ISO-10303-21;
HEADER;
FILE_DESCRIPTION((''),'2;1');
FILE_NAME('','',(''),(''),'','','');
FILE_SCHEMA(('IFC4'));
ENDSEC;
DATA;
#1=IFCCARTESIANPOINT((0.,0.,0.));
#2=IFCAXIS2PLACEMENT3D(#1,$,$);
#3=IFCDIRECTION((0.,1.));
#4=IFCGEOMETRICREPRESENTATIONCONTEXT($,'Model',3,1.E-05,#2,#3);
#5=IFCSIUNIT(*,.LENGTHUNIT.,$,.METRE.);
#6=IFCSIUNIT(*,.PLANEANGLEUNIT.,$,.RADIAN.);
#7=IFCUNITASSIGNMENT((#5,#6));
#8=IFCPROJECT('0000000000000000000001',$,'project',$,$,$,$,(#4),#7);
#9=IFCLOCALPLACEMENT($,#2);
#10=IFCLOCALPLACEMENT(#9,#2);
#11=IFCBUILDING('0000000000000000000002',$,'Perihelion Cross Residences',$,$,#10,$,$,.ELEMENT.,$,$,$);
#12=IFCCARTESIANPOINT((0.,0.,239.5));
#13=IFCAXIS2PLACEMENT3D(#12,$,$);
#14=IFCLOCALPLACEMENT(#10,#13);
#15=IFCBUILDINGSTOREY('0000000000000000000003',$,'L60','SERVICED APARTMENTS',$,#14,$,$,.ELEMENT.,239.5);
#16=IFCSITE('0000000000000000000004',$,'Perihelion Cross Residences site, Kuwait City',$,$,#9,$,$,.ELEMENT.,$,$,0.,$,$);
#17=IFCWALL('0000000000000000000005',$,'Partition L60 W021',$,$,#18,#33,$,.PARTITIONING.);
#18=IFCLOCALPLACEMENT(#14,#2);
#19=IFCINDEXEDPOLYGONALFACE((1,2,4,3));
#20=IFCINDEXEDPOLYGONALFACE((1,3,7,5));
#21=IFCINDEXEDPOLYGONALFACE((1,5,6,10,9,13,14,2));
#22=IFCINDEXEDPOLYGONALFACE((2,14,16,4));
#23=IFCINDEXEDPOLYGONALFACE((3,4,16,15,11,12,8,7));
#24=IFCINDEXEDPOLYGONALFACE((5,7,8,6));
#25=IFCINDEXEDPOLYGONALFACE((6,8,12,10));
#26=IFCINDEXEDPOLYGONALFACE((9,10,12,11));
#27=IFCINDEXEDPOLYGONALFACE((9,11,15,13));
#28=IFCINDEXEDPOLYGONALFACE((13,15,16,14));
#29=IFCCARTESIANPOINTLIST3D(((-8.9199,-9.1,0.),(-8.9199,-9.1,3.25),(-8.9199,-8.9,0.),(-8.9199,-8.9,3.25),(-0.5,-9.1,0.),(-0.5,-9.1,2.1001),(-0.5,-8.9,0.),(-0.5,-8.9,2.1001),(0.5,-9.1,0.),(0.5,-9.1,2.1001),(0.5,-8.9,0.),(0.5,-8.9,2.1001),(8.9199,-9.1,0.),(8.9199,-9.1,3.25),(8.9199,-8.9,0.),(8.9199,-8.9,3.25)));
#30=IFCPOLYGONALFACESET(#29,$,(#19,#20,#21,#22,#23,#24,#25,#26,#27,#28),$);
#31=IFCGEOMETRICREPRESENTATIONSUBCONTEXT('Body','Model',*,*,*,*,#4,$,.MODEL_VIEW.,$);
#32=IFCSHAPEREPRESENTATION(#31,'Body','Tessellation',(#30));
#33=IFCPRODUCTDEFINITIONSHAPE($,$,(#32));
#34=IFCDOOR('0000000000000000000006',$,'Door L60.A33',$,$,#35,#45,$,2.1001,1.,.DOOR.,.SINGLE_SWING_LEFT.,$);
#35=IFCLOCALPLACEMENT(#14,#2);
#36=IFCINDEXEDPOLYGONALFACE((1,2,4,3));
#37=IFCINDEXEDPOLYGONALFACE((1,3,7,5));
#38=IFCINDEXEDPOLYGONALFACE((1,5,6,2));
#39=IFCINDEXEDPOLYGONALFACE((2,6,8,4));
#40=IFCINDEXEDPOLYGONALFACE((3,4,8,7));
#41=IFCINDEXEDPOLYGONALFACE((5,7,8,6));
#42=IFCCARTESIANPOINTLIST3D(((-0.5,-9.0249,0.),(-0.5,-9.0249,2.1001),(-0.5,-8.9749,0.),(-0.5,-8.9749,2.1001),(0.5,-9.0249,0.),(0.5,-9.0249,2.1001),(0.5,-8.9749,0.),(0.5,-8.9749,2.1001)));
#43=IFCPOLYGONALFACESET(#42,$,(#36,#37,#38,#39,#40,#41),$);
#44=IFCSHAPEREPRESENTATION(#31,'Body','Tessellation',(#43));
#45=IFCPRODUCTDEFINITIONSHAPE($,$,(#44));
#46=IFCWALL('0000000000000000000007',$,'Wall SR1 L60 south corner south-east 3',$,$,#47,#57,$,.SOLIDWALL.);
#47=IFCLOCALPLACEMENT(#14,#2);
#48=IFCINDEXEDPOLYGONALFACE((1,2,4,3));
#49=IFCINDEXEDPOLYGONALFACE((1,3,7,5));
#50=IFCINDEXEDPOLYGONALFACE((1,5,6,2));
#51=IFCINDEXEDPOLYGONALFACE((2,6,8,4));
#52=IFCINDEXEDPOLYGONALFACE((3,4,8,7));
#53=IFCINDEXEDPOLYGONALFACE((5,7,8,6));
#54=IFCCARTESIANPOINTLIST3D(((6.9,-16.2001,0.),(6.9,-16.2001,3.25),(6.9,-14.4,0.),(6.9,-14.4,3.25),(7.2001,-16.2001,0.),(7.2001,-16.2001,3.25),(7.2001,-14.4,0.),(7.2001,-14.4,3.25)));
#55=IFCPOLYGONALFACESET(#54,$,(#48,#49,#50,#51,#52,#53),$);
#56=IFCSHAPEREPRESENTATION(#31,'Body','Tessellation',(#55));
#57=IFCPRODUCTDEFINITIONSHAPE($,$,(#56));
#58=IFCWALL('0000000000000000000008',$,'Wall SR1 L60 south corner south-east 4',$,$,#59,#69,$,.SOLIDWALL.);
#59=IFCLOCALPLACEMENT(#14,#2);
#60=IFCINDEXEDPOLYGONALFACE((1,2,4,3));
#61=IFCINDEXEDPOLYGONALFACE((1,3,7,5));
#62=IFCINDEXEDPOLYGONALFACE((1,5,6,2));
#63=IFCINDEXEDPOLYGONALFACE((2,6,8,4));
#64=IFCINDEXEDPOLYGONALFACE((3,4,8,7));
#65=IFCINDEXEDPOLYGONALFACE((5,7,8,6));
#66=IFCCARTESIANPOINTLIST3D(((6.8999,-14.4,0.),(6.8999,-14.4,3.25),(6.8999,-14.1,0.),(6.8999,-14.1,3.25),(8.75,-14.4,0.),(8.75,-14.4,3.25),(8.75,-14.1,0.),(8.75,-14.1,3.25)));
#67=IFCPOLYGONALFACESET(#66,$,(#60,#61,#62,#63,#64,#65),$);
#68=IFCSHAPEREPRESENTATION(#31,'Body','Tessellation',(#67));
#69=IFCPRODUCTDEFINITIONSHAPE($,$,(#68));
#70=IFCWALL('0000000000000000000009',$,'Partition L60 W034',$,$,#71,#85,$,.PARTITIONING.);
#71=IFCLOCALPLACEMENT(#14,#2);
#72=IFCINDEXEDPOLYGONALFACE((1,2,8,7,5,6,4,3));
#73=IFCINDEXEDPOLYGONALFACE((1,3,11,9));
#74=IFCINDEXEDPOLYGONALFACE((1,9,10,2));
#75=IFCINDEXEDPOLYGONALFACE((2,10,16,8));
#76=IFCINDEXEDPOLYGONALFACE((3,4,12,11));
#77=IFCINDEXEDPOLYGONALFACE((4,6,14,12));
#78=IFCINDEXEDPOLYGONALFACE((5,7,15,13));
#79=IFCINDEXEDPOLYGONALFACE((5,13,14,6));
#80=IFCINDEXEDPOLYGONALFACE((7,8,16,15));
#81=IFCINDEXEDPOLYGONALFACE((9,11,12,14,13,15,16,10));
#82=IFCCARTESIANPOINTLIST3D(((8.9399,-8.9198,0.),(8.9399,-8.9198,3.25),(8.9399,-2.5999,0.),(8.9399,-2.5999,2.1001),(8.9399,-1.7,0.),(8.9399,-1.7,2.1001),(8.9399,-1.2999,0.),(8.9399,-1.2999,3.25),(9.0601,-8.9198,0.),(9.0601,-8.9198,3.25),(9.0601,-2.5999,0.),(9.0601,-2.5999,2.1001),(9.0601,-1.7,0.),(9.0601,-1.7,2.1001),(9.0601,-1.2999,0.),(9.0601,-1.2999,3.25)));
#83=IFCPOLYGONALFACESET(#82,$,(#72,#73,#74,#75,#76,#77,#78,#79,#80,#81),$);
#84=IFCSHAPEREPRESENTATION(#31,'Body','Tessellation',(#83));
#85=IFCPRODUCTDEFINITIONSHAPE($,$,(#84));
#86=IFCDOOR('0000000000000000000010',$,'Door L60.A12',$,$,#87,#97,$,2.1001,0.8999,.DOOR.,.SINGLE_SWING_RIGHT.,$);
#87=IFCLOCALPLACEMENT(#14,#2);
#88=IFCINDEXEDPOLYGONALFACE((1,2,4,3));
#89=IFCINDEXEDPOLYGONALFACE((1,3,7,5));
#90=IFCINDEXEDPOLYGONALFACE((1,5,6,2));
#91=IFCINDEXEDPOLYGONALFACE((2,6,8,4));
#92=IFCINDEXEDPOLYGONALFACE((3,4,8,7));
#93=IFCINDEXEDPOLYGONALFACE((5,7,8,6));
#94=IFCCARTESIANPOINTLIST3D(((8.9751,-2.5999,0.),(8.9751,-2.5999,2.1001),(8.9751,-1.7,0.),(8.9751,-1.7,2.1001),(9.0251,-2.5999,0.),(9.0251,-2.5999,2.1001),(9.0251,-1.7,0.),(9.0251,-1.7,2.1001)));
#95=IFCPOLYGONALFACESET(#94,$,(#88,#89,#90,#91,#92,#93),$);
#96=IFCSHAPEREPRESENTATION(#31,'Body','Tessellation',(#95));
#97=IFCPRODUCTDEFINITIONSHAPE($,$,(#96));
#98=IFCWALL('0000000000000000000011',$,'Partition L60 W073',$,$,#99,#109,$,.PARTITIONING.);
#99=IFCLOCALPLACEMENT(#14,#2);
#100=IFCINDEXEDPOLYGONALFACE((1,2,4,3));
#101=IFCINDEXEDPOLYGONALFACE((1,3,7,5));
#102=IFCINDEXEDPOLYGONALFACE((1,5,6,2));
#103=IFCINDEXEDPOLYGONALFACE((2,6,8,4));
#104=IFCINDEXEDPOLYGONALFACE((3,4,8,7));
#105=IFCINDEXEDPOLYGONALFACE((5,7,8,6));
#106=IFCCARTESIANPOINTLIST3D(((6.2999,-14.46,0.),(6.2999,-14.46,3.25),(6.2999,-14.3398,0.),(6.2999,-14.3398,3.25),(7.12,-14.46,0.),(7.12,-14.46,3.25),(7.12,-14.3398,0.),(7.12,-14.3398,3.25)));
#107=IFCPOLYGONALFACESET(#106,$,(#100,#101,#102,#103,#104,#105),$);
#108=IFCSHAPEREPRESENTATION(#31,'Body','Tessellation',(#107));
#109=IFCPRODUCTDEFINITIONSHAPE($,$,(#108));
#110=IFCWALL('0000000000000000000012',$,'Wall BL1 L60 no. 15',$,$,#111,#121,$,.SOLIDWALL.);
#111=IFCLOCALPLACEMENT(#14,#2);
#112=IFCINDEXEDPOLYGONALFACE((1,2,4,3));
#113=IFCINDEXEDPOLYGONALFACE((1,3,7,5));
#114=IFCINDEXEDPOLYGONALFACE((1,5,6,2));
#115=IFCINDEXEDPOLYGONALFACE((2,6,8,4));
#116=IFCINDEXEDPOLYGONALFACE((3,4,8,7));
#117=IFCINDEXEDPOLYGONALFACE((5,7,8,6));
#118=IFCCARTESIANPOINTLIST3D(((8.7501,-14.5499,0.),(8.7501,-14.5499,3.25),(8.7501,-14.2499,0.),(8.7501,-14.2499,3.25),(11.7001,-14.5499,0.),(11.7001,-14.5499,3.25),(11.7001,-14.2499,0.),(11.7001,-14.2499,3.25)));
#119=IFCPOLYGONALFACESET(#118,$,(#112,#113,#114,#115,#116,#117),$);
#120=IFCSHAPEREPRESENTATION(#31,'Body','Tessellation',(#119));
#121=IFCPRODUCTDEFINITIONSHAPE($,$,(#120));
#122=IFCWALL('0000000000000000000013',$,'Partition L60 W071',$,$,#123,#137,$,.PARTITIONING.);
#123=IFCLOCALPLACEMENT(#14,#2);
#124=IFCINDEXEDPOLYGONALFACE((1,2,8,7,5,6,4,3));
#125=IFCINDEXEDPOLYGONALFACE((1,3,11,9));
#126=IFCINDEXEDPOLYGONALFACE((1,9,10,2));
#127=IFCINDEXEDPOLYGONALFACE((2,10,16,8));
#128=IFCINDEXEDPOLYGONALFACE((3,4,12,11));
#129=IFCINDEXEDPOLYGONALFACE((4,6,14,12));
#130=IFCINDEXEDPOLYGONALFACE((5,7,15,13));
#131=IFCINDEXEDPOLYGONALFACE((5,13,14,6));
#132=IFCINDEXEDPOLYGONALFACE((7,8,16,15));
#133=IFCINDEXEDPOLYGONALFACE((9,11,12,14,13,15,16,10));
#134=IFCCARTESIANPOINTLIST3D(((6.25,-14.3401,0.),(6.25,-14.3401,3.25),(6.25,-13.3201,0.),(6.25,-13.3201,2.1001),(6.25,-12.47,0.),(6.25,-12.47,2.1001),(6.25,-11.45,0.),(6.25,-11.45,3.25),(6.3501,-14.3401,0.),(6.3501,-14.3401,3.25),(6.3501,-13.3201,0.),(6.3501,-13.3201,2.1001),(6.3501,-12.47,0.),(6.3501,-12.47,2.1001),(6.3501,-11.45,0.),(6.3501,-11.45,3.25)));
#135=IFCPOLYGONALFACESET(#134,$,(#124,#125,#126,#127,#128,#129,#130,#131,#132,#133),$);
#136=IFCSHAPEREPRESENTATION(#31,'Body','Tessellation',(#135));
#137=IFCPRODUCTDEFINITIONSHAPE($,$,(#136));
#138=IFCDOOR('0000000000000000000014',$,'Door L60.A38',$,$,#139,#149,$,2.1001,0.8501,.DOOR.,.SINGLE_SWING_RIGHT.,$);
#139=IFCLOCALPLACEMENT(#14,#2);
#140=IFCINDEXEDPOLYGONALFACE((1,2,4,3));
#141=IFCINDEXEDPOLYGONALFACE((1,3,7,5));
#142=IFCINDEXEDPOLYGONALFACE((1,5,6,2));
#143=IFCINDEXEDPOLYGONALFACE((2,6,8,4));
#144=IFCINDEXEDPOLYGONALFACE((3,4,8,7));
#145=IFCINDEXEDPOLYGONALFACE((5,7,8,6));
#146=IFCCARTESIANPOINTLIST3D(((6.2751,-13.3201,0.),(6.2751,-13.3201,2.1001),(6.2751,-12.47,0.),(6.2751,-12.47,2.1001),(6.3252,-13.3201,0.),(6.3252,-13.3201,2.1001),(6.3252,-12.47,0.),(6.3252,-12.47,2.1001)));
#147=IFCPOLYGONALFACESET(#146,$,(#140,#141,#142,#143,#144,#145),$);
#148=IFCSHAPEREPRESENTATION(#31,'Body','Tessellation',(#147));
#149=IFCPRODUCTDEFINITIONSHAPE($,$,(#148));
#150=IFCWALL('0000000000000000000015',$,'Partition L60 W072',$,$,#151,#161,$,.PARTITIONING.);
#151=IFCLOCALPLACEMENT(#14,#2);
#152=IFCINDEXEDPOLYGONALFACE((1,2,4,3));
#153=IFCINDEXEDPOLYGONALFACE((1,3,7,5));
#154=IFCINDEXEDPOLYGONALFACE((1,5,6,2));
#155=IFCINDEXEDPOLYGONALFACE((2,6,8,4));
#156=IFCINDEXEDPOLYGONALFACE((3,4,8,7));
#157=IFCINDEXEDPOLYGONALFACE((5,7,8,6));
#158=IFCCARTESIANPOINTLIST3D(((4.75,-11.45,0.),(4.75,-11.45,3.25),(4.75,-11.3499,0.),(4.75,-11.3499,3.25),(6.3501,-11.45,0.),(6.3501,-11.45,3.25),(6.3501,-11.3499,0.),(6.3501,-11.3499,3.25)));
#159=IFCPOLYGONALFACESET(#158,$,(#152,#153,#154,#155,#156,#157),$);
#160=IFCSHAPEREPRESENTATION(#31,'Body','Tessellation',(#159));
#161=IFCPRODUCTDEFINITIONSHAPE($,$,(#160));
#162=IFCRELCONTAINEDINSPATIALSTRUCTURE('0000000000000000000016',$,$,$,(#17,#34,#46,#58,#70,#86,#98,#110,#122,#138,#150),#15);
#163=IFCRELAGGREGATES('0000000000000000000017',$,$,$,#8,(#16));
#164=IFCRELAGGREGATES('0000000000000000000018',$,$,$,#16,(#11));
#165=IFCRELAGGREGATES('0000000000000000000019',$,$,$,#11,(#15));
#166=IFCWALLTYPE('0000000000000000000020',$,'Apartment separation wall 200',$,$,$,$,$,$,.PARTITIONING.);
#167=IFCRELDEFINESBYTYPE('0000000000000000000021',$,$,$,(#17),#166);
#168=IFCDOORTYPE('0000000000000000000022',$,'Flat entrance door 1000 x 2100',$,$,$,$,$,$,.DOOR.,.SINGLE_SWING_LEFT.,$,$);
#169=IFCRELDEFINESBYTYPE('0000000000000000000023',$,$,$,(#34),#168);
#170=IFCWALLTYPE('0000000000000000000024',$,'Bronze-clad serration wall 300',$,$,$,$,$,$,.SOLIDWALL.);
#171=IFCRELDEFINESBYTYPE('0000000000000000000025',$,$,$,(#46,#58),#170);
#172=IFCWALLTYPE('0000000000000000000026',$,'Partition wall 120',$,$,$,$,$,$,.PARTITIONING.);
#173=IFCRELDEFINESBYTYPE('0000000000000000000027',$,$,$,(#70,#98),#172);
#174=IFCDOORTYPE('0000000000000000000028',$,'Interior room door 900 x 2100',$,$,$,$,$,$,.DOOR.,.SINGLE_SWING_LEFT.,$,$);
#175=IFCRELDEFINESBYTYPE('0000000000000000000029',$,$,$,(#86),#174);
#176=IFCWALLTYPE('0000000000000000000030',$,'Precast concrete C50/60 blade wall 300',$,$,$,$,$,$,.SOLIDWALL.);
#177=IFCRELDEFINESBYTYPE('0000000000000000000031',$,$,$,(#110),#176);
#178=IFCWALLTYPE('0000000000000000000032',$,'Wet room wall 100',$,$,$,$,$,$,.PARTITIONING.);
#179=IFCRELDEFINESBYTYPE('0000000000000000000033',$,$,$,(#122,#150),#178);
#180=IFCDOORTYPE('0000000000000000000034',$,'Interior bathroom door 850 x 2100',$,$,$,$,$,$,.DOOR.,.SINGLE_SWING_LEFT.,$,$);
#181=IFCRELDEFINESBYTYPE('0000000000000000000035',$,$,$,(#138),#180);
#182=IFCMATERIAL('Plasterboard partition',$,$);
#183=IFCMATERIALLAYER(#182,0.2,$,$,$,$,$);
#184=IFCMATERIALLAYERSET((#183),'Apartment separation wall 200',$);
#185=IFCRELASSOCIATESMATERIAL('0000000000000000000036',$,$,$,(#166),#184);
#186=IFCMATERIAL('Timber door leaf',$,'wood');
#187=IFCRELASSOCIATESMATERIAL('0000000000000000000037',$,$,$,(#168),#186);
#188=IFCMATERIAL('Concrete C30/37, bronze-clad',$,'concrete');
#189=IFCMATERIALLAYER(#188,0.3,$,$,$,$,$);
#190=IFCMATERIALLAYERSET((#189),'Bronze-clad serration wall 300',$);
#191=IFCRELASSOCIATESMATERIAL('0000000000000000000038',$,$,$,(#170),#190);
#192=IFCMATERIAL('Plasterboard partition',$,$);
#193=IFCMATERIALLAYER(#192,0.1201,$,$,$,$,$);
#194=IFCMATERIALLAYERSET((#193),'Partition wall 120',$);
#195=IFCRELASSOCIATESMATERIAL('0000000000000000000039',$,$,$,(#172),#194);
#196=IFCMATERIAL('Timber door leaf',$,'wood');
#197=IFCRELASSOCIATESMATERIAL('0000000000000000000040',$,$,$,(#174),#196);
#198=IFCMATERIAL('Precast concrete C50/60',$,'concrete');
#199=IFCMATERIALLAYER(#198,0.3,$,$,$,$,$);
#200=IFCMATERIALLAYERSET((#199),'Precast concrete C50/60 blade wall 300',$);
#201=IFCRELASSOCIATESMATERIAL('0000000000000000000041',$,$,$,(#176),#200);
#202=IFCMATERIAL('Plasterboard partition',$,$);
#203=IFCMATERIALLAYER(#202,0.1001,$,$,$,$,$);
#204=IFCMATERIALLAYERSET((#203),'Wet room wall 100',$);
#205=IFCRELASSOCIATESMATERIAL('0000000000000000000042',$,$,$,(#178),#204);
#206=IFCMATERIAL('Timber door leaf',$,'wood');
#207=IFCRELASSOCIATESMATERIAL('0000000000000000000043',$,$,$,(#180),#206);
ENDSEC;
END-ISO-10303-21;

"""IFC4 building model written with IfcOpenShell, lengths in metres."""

from ifc_helpers import new_model, si_unit, direction, frame, frame_2d, origin, place, context, subcontext, project, spatial, rectangle, extrude, material, layer, layer_set, type_object, element, fill, save


model = new_model("IFC4")

# Units and contexts
model_context = context("Model", 3, precision=1e-05, world=origin(), true_north=direction((0.0, 1.0)))
body_context = subcontext(model_context, "Body", "Model", "MODEL_VIEW")
ifc_project = project(units=[si_unit("LENGTHUNIT", "METRE"), si_unit("PLANEANGLEUNIT", "RADIAN")], contexts=[model_context])

# Site, building, storey
site_placement = place(None, origin())
site = spatial("IfcSite", under=ifc_project, at=site_placement, Name="Perihelion Cross Residences site, Kuwait City", CompositionType="ELEMENT", RefElevation=0.0)
building_placement = place(site_placement, origin())
building = spatial("IfcBuilding", under=site, at=building_placement, Name="Perihelion Cross Residences", CompositionType="ELEMENT")
storey_placement = place(building_placement, frame((0.0, 0.0, 239.5)))
storey = spatial("IfcBuildingStorey", under=building, at=storey_placement, Name="L60", Description="SERVICED APARTMENTS", CompositionType="ELEMENT", Elevation=239.5)

# Wall, opening, door
ifc_material_1 = material(Name="Plasterboard partition")
ifc_layer_1 = layer(ifc_material_1, 0.2)
ifc_layer_set_1 = layer_set([ifc_layer_1], Name="Apartment separation wall 200")
wall_type_1 = type_object("IfcWallType", Name="Apartment separation wall 200", PredefinedType="PARTITIONING", material=ifc_layer_set_1)
wall_1_placement = place(storey_placement, frame((8.9199, -9.0, 0.0), z_axis=(0.0, 0.0, 1.0), x_axis=(-1.0, 0.0, 0.0)))
wall_1 = element("IfcWall", 1, at=wall_1_placement, inside=storey, type_object=wall_type_1, Name="Partition L60 W021", PredefinedType="PARTITIONING", context=body_context, shape_type="SweptSolid", body=[
    extrude(rectangle(XDim=17.8398, YDim=0.2, at=frame_2d((8.9199, 0.0))), origin(), (0.0, 0.0, 1.0), 3.25),
])
opening_1_placement = place(wall_1_placement, frame((8.4199, 0.0, 0.0)))
opening_1 = element("IfcOpeningElement", 2, at=opening_1_placement, cuts=wall_1, PredefinedType="OPENING", context=body_context, shape_type="SweptSolid", body=[
    extrude(rectangle(XDim=1.0, YDim=2.1001, at=frame_2d((0.5, 1.05))), frame((0.0, 0.1099, 0.0), z_axis=(0.0, -1.0, 0.0), x_axis=(1.0, 0.0, 0.0)), (0.0, 0.0, 1.0), 0.22),
])
ifc_material_2 = material(Name="Timber door leaf", Category="wood")
door_type_1 = type_object("IfcDoorType", Name="Flat entrance door 1000 x 2100", OperationType="SINGLE_SWING_LEFT", PredefinedType="DOOR", material=ifc_material_2)
door_1_placement = place(opening_1_placement, origin())
door_1 = element("IfcDoor", 3, at=door_1_placement, inside=storey, type_object=door_type_1, Name="Door L60.A33", OperationType="SINGLE_SWING_LEFT", OverallHeight=2.1001, OverallWidth=1.0, PredefinedType="DOOR", context=body_context, shape_type="SweptSolid", body=[
    extrude(rectangle(XDim=1.0, YDim=2.1001, at=frame_2d((0.5, 1.05))), frame((0.0, 0.0249, 0.0), z_axis=(0.0, -1.0, 0.0), x_axis=(1.0, 0.0, 0.0)), (0.0, 0.0, 1.0), 0.05),
])
fill(opening_1, door_1)

# Walls
ifc_material_3 = material(Name="Concrete C30/37, bronze-clad", Category="concrete")
ifc_layer_2 = layer(ifc_material_3, 0.3)
ifc_layer_set_2 = layer_set([ifc_layer_2], Name="Bronze-clad serration wall 300")
wall_type_2 = type_object("IfcWallType", Name="Bronze-clad serration wall 300", PredefinedType="SOLIDWALL", material=ifc_layer_set_2)
wall_2_placement = place(storey_placement, frame((7.05, -16.2, 0.0), z_axis=(0.0, 0.0, 1.0), x_axis=(0.0, 1.0, 0.0)))
element("IfcWall", 4, at=wall_2_placement, inside=storey, type_object=wall_type_2, Name="Wall SR1 L60 south corner south-east 3", PredefinedType="SOLIDWALL", context=body_context, shape_type="SweptSolid", body=[
    extrude(rectangle(XDim=1.8, YDim=0.3, at=frame_2d((0.8999, 0.0))), origin(), (0.0, 0.0, 1.0), 3.25),
])
wall_3_placement = place(storey_placement, frame((6.8999, -14.25, 0.0), z_axis=(0.0, 0.0, 1.0), x_axis=(1.0, 0.0, 0.0)))
element("IfcWall", 5, at=wall_3_placement, inside=storey, type_object=wall_type_2, Name="Wall SR1 L60 south corner south-east 4", PredefinedType="SOLIDWALL", context=body_context, shape_type="SweptSolid", body=[
    extrude(rectangle(XDim=1.8501, YDim=0.3, at=frame_2d((0.925, 0.0))), origin(), (0.0, 0.0, 1.0), 3.25),
])

# Wall, opening, door
ifc_material_4 = material(Name="Plasterboard partition")
ifc_layer_3 = layer(ifc_material_4, 0.1201)
ifc_layer_set_3 = layer_set([ifc_layer_3], Name="Partition wall 120")
wall_type_3 = type_object("IfcWallType", Name="Partition wall 120", PredefinedType="PARTITIONING", material=ifc_layer_set_3)
wall_4_placement = place(storey_placement, frame((9.0, -8.9199, 0.0), z_axis=(0.0, 0.0, 1.0), x_axis=(0.0, 1.0, 0.0)))
wall_4 = element("IfcWall", 6, at=wall_4_placement, inside=storey, type_object=wall_type_3, Name="Partition L60 W034", PredefinedType="PARTITIONING", context=body_context, shape_type="SweptSolid", body=[
    extrude(rectangle(XDim=7.6199, YDim=0.1201, at=frame_2d((3.8101, 0.0))), origin(), (0.0, 0.0, 1.0), 3.25),
])
opening_2_placement = place(wall_4_placement, frame((6.3201, 0.0, 0.0)))
opening_2 = element("IfcOpeningElement", 7, at=opening_2_placement, cuts=wall_4, PredefinedType="OPENING", context=body_context, shape_type="SweptSolid", body=[
    extrude(rectangle(XDim=0.8999, YDim=2.1001, at=frame_2d((0.45, 1.05))), frame((0.0, 0.0701, 0.0), z_axis=(0.0, -1.0, 0.0), x_axis=(1.0, 0.0, 0.0)), (0.0, 0.0, 1.0), 0.1401),
])
ifc_material_5 = material(Name="Timber door leaf", Category="wood")
door_type_2 = type_object("IfcDoorType", Name="Interior room door 900 x 2100", OperationType="SINGLE_SWING_LEFT", PredefinedType="DOOR", material=ifc_material_5)
door_2_placement = place(opening_2_placement, origin())
door_2 = element("IfcDoor", 8, at=door_2_placement, inside=storey, type_object=door_type_2, Name="Door L60.A12", OperationType="SINGLE_SWING_RIGHT", OverallHeight=2.1001, OverallWidth=0.8999, PredefinedType="DOOR", context=body_context, shape_type="SweptSolid", body=[
    extrude(rectangle(XDim=0.8999, YDim=2.1001, at=frame_2d((0.45, 1.05))), frame((0.0, 0.0249, 0.0), z_axis=(0.0, -1.0, 0.0), x_axis=(1.0, 0.0, 0.0)), (0.0, 0.0, 1.0), 0.05),
])
fill(opening_2, door_2)

# Walls
wall_5_placement = place(storey_placement, frame((7.1201, -14.3999, 0.0), z_axis=(0.0, 0.0, 1.0), x_axis=(-1.0, 0.0, 0.0)))
element("IfcWall", 9, at=wall_5_placement, inside=storey, type_object=wall_type_3, Name="Partition L60 W073", PredefinedType="PARTITIONING", context=body_context, shape_type="SweptSolid", body=[
    extrude(rectangle(XDim=0.8201, YDim=0.1201, at=frame_2d((0.4102, 0.0))), origin(), (0.0, 0.0, 1.0), 3.25),
])
ifc_material_6 = material(Name="Precast concrete C50/60", Category="concrete")
ifc_layer_4 = layer(ifc_material_6, 0.3)
ifc_layer_set_4 = layer_set([ifc_layer_4], Name="Precast concrete C50/60 blade wall 300")
wall_type_4 = type_object("IfcWallType", Name="Precast concrete C50/60 blade wall 300", PredefinedType="SOLIDWALL", material=ifc_layer_set_4)
wall_6_placement = place(storey_placement, frame((8.75, -14.3999, 0.0), z_axis=(0.0, 0.0, 1.0), x_axis=(1.0, 0.0, 0.0)))
element("IfcWall", 10, at=wall_6_placement, inside=storey, type_object=wall_type_4, Name="Wall BL1 L60 no. 15", PredefinedType="SOLIDWALL", context=body_context, shape_type="SweptSolid", body=[
    extrude(rectangle(XDim=2.95, YDim=0.3, at=frame_2d((1.4751, 0.0))), origin(), (0.0, 0.0, 1.0), 3.25),
])

# Wall, opening, door
ifc_material_7 = material(Name="Plasterboard partition")
ifc_layer_5 = layer(ifc_material_7, 0.1001)
ifc_layer_set_5 = layer_set([ifc_layer_5], Name="Wet room wall 100")
wall_type_5 = type_object("IfcWallType", Name="Wet room wall 100", PredefinedType="PARTITIONING", material=ifc_layer_set_5)
wall_7_placement = place(storey_placement, frame((6.3, -14.3401, 0.0), z_axis=(0.0, 0.0, 1.0), x_axis=(0.0, 1.0, 0.0)))
wall_7 = element("IfcWall", 11, at=wall_7_placement, inside=storey, type_object=wall_type_5, Name="Partition L60 W071", PredefinedType="PARTITIONING", context=body_context, shape_type="SweptSolid", body=[
    extrude(rectangle(XDim=2.8901, YDim=0.1001, at=frame_2d((1.4451, 0.0))), origin(), (0.0, 0.0, 1.0), 3.25),
])
opening_3_placement = place(wall_7_placement, frame((1.02, 0.0, 0.0)))
opening_3 = element("IfcOpeningElement", 12, at=opening_3_placement, cuts=wall_7, PredefinedType="OPENING", context=body_context, shape_type="SweptSolid", body=[
    extrude(rectangle(XDim=0.8501, YDim=2.1001, at=frame_2d((0.425, 1.05))), frame((0.0, 0.0601, 0.0), z_axis=(0.0, -1.0, 0.0), x_axis=(1.0, 0.0, 0.0)), (0.0, 0.0, 1.0), 0.1201),
])
ifc_material_8 = material(Name="Timber door leaf", Category="wood")
door_type_3 = type_object("IfcDoorType", Name="Interior bathroom door 850 x 2100", OperationType="SINGLE_SWING_LEFT", PredefinedType="DOOR", material=ifc_material_8)
door_3_placement = place(opening_3_placement, origin())
door_3 = element("IfcDoor", 13, at=door_3_placement, inside=storey, type_object=door_type_3, Name="Door L60.A38", OperationType="SINGLE_SWING_RIGHT", OverallHeight=2.1001, OverallWidth=0.8501, PredefinedType="DOOR", context=body_context, shape_type="SweptSolid", body=[
    extrude(rectangle(XDim=0.8501, YDim=2.1001, at=frame_2d((0.425, 1.05))), frame((0.0, 0.0249, 0.0), z_axis=(0.0, -1.0, 0.0), x_axis=(1.0, 0.0, 0.0)), (0.0, 0.0, 1.0), 0.05),
])
fill(opening_3, door_3)

# Wall
wall_8_placement = place(storey_placement, frame((6.3501, -11.3999, 0.0), z_axis=(0.0, 0.0, 1.0), x_axis=(-1.0, 0.0, 0.0)))
element("IfcWall", 14, at=wall_8_placement, inside=storey, type_object=wall_type_5, Name="Partition L60 W072", PredefinedType="PARTITIONING", context=body_context, shape_type="SweptSolid", body=[
    extrude(rectangle(XDim=1.6001, YDim=0.1001, at=frame_2d((0.8, 0.0))), origin(), (0.0, 0.0, 1.0), 3.25),
])

save(model, "model.ifc")
